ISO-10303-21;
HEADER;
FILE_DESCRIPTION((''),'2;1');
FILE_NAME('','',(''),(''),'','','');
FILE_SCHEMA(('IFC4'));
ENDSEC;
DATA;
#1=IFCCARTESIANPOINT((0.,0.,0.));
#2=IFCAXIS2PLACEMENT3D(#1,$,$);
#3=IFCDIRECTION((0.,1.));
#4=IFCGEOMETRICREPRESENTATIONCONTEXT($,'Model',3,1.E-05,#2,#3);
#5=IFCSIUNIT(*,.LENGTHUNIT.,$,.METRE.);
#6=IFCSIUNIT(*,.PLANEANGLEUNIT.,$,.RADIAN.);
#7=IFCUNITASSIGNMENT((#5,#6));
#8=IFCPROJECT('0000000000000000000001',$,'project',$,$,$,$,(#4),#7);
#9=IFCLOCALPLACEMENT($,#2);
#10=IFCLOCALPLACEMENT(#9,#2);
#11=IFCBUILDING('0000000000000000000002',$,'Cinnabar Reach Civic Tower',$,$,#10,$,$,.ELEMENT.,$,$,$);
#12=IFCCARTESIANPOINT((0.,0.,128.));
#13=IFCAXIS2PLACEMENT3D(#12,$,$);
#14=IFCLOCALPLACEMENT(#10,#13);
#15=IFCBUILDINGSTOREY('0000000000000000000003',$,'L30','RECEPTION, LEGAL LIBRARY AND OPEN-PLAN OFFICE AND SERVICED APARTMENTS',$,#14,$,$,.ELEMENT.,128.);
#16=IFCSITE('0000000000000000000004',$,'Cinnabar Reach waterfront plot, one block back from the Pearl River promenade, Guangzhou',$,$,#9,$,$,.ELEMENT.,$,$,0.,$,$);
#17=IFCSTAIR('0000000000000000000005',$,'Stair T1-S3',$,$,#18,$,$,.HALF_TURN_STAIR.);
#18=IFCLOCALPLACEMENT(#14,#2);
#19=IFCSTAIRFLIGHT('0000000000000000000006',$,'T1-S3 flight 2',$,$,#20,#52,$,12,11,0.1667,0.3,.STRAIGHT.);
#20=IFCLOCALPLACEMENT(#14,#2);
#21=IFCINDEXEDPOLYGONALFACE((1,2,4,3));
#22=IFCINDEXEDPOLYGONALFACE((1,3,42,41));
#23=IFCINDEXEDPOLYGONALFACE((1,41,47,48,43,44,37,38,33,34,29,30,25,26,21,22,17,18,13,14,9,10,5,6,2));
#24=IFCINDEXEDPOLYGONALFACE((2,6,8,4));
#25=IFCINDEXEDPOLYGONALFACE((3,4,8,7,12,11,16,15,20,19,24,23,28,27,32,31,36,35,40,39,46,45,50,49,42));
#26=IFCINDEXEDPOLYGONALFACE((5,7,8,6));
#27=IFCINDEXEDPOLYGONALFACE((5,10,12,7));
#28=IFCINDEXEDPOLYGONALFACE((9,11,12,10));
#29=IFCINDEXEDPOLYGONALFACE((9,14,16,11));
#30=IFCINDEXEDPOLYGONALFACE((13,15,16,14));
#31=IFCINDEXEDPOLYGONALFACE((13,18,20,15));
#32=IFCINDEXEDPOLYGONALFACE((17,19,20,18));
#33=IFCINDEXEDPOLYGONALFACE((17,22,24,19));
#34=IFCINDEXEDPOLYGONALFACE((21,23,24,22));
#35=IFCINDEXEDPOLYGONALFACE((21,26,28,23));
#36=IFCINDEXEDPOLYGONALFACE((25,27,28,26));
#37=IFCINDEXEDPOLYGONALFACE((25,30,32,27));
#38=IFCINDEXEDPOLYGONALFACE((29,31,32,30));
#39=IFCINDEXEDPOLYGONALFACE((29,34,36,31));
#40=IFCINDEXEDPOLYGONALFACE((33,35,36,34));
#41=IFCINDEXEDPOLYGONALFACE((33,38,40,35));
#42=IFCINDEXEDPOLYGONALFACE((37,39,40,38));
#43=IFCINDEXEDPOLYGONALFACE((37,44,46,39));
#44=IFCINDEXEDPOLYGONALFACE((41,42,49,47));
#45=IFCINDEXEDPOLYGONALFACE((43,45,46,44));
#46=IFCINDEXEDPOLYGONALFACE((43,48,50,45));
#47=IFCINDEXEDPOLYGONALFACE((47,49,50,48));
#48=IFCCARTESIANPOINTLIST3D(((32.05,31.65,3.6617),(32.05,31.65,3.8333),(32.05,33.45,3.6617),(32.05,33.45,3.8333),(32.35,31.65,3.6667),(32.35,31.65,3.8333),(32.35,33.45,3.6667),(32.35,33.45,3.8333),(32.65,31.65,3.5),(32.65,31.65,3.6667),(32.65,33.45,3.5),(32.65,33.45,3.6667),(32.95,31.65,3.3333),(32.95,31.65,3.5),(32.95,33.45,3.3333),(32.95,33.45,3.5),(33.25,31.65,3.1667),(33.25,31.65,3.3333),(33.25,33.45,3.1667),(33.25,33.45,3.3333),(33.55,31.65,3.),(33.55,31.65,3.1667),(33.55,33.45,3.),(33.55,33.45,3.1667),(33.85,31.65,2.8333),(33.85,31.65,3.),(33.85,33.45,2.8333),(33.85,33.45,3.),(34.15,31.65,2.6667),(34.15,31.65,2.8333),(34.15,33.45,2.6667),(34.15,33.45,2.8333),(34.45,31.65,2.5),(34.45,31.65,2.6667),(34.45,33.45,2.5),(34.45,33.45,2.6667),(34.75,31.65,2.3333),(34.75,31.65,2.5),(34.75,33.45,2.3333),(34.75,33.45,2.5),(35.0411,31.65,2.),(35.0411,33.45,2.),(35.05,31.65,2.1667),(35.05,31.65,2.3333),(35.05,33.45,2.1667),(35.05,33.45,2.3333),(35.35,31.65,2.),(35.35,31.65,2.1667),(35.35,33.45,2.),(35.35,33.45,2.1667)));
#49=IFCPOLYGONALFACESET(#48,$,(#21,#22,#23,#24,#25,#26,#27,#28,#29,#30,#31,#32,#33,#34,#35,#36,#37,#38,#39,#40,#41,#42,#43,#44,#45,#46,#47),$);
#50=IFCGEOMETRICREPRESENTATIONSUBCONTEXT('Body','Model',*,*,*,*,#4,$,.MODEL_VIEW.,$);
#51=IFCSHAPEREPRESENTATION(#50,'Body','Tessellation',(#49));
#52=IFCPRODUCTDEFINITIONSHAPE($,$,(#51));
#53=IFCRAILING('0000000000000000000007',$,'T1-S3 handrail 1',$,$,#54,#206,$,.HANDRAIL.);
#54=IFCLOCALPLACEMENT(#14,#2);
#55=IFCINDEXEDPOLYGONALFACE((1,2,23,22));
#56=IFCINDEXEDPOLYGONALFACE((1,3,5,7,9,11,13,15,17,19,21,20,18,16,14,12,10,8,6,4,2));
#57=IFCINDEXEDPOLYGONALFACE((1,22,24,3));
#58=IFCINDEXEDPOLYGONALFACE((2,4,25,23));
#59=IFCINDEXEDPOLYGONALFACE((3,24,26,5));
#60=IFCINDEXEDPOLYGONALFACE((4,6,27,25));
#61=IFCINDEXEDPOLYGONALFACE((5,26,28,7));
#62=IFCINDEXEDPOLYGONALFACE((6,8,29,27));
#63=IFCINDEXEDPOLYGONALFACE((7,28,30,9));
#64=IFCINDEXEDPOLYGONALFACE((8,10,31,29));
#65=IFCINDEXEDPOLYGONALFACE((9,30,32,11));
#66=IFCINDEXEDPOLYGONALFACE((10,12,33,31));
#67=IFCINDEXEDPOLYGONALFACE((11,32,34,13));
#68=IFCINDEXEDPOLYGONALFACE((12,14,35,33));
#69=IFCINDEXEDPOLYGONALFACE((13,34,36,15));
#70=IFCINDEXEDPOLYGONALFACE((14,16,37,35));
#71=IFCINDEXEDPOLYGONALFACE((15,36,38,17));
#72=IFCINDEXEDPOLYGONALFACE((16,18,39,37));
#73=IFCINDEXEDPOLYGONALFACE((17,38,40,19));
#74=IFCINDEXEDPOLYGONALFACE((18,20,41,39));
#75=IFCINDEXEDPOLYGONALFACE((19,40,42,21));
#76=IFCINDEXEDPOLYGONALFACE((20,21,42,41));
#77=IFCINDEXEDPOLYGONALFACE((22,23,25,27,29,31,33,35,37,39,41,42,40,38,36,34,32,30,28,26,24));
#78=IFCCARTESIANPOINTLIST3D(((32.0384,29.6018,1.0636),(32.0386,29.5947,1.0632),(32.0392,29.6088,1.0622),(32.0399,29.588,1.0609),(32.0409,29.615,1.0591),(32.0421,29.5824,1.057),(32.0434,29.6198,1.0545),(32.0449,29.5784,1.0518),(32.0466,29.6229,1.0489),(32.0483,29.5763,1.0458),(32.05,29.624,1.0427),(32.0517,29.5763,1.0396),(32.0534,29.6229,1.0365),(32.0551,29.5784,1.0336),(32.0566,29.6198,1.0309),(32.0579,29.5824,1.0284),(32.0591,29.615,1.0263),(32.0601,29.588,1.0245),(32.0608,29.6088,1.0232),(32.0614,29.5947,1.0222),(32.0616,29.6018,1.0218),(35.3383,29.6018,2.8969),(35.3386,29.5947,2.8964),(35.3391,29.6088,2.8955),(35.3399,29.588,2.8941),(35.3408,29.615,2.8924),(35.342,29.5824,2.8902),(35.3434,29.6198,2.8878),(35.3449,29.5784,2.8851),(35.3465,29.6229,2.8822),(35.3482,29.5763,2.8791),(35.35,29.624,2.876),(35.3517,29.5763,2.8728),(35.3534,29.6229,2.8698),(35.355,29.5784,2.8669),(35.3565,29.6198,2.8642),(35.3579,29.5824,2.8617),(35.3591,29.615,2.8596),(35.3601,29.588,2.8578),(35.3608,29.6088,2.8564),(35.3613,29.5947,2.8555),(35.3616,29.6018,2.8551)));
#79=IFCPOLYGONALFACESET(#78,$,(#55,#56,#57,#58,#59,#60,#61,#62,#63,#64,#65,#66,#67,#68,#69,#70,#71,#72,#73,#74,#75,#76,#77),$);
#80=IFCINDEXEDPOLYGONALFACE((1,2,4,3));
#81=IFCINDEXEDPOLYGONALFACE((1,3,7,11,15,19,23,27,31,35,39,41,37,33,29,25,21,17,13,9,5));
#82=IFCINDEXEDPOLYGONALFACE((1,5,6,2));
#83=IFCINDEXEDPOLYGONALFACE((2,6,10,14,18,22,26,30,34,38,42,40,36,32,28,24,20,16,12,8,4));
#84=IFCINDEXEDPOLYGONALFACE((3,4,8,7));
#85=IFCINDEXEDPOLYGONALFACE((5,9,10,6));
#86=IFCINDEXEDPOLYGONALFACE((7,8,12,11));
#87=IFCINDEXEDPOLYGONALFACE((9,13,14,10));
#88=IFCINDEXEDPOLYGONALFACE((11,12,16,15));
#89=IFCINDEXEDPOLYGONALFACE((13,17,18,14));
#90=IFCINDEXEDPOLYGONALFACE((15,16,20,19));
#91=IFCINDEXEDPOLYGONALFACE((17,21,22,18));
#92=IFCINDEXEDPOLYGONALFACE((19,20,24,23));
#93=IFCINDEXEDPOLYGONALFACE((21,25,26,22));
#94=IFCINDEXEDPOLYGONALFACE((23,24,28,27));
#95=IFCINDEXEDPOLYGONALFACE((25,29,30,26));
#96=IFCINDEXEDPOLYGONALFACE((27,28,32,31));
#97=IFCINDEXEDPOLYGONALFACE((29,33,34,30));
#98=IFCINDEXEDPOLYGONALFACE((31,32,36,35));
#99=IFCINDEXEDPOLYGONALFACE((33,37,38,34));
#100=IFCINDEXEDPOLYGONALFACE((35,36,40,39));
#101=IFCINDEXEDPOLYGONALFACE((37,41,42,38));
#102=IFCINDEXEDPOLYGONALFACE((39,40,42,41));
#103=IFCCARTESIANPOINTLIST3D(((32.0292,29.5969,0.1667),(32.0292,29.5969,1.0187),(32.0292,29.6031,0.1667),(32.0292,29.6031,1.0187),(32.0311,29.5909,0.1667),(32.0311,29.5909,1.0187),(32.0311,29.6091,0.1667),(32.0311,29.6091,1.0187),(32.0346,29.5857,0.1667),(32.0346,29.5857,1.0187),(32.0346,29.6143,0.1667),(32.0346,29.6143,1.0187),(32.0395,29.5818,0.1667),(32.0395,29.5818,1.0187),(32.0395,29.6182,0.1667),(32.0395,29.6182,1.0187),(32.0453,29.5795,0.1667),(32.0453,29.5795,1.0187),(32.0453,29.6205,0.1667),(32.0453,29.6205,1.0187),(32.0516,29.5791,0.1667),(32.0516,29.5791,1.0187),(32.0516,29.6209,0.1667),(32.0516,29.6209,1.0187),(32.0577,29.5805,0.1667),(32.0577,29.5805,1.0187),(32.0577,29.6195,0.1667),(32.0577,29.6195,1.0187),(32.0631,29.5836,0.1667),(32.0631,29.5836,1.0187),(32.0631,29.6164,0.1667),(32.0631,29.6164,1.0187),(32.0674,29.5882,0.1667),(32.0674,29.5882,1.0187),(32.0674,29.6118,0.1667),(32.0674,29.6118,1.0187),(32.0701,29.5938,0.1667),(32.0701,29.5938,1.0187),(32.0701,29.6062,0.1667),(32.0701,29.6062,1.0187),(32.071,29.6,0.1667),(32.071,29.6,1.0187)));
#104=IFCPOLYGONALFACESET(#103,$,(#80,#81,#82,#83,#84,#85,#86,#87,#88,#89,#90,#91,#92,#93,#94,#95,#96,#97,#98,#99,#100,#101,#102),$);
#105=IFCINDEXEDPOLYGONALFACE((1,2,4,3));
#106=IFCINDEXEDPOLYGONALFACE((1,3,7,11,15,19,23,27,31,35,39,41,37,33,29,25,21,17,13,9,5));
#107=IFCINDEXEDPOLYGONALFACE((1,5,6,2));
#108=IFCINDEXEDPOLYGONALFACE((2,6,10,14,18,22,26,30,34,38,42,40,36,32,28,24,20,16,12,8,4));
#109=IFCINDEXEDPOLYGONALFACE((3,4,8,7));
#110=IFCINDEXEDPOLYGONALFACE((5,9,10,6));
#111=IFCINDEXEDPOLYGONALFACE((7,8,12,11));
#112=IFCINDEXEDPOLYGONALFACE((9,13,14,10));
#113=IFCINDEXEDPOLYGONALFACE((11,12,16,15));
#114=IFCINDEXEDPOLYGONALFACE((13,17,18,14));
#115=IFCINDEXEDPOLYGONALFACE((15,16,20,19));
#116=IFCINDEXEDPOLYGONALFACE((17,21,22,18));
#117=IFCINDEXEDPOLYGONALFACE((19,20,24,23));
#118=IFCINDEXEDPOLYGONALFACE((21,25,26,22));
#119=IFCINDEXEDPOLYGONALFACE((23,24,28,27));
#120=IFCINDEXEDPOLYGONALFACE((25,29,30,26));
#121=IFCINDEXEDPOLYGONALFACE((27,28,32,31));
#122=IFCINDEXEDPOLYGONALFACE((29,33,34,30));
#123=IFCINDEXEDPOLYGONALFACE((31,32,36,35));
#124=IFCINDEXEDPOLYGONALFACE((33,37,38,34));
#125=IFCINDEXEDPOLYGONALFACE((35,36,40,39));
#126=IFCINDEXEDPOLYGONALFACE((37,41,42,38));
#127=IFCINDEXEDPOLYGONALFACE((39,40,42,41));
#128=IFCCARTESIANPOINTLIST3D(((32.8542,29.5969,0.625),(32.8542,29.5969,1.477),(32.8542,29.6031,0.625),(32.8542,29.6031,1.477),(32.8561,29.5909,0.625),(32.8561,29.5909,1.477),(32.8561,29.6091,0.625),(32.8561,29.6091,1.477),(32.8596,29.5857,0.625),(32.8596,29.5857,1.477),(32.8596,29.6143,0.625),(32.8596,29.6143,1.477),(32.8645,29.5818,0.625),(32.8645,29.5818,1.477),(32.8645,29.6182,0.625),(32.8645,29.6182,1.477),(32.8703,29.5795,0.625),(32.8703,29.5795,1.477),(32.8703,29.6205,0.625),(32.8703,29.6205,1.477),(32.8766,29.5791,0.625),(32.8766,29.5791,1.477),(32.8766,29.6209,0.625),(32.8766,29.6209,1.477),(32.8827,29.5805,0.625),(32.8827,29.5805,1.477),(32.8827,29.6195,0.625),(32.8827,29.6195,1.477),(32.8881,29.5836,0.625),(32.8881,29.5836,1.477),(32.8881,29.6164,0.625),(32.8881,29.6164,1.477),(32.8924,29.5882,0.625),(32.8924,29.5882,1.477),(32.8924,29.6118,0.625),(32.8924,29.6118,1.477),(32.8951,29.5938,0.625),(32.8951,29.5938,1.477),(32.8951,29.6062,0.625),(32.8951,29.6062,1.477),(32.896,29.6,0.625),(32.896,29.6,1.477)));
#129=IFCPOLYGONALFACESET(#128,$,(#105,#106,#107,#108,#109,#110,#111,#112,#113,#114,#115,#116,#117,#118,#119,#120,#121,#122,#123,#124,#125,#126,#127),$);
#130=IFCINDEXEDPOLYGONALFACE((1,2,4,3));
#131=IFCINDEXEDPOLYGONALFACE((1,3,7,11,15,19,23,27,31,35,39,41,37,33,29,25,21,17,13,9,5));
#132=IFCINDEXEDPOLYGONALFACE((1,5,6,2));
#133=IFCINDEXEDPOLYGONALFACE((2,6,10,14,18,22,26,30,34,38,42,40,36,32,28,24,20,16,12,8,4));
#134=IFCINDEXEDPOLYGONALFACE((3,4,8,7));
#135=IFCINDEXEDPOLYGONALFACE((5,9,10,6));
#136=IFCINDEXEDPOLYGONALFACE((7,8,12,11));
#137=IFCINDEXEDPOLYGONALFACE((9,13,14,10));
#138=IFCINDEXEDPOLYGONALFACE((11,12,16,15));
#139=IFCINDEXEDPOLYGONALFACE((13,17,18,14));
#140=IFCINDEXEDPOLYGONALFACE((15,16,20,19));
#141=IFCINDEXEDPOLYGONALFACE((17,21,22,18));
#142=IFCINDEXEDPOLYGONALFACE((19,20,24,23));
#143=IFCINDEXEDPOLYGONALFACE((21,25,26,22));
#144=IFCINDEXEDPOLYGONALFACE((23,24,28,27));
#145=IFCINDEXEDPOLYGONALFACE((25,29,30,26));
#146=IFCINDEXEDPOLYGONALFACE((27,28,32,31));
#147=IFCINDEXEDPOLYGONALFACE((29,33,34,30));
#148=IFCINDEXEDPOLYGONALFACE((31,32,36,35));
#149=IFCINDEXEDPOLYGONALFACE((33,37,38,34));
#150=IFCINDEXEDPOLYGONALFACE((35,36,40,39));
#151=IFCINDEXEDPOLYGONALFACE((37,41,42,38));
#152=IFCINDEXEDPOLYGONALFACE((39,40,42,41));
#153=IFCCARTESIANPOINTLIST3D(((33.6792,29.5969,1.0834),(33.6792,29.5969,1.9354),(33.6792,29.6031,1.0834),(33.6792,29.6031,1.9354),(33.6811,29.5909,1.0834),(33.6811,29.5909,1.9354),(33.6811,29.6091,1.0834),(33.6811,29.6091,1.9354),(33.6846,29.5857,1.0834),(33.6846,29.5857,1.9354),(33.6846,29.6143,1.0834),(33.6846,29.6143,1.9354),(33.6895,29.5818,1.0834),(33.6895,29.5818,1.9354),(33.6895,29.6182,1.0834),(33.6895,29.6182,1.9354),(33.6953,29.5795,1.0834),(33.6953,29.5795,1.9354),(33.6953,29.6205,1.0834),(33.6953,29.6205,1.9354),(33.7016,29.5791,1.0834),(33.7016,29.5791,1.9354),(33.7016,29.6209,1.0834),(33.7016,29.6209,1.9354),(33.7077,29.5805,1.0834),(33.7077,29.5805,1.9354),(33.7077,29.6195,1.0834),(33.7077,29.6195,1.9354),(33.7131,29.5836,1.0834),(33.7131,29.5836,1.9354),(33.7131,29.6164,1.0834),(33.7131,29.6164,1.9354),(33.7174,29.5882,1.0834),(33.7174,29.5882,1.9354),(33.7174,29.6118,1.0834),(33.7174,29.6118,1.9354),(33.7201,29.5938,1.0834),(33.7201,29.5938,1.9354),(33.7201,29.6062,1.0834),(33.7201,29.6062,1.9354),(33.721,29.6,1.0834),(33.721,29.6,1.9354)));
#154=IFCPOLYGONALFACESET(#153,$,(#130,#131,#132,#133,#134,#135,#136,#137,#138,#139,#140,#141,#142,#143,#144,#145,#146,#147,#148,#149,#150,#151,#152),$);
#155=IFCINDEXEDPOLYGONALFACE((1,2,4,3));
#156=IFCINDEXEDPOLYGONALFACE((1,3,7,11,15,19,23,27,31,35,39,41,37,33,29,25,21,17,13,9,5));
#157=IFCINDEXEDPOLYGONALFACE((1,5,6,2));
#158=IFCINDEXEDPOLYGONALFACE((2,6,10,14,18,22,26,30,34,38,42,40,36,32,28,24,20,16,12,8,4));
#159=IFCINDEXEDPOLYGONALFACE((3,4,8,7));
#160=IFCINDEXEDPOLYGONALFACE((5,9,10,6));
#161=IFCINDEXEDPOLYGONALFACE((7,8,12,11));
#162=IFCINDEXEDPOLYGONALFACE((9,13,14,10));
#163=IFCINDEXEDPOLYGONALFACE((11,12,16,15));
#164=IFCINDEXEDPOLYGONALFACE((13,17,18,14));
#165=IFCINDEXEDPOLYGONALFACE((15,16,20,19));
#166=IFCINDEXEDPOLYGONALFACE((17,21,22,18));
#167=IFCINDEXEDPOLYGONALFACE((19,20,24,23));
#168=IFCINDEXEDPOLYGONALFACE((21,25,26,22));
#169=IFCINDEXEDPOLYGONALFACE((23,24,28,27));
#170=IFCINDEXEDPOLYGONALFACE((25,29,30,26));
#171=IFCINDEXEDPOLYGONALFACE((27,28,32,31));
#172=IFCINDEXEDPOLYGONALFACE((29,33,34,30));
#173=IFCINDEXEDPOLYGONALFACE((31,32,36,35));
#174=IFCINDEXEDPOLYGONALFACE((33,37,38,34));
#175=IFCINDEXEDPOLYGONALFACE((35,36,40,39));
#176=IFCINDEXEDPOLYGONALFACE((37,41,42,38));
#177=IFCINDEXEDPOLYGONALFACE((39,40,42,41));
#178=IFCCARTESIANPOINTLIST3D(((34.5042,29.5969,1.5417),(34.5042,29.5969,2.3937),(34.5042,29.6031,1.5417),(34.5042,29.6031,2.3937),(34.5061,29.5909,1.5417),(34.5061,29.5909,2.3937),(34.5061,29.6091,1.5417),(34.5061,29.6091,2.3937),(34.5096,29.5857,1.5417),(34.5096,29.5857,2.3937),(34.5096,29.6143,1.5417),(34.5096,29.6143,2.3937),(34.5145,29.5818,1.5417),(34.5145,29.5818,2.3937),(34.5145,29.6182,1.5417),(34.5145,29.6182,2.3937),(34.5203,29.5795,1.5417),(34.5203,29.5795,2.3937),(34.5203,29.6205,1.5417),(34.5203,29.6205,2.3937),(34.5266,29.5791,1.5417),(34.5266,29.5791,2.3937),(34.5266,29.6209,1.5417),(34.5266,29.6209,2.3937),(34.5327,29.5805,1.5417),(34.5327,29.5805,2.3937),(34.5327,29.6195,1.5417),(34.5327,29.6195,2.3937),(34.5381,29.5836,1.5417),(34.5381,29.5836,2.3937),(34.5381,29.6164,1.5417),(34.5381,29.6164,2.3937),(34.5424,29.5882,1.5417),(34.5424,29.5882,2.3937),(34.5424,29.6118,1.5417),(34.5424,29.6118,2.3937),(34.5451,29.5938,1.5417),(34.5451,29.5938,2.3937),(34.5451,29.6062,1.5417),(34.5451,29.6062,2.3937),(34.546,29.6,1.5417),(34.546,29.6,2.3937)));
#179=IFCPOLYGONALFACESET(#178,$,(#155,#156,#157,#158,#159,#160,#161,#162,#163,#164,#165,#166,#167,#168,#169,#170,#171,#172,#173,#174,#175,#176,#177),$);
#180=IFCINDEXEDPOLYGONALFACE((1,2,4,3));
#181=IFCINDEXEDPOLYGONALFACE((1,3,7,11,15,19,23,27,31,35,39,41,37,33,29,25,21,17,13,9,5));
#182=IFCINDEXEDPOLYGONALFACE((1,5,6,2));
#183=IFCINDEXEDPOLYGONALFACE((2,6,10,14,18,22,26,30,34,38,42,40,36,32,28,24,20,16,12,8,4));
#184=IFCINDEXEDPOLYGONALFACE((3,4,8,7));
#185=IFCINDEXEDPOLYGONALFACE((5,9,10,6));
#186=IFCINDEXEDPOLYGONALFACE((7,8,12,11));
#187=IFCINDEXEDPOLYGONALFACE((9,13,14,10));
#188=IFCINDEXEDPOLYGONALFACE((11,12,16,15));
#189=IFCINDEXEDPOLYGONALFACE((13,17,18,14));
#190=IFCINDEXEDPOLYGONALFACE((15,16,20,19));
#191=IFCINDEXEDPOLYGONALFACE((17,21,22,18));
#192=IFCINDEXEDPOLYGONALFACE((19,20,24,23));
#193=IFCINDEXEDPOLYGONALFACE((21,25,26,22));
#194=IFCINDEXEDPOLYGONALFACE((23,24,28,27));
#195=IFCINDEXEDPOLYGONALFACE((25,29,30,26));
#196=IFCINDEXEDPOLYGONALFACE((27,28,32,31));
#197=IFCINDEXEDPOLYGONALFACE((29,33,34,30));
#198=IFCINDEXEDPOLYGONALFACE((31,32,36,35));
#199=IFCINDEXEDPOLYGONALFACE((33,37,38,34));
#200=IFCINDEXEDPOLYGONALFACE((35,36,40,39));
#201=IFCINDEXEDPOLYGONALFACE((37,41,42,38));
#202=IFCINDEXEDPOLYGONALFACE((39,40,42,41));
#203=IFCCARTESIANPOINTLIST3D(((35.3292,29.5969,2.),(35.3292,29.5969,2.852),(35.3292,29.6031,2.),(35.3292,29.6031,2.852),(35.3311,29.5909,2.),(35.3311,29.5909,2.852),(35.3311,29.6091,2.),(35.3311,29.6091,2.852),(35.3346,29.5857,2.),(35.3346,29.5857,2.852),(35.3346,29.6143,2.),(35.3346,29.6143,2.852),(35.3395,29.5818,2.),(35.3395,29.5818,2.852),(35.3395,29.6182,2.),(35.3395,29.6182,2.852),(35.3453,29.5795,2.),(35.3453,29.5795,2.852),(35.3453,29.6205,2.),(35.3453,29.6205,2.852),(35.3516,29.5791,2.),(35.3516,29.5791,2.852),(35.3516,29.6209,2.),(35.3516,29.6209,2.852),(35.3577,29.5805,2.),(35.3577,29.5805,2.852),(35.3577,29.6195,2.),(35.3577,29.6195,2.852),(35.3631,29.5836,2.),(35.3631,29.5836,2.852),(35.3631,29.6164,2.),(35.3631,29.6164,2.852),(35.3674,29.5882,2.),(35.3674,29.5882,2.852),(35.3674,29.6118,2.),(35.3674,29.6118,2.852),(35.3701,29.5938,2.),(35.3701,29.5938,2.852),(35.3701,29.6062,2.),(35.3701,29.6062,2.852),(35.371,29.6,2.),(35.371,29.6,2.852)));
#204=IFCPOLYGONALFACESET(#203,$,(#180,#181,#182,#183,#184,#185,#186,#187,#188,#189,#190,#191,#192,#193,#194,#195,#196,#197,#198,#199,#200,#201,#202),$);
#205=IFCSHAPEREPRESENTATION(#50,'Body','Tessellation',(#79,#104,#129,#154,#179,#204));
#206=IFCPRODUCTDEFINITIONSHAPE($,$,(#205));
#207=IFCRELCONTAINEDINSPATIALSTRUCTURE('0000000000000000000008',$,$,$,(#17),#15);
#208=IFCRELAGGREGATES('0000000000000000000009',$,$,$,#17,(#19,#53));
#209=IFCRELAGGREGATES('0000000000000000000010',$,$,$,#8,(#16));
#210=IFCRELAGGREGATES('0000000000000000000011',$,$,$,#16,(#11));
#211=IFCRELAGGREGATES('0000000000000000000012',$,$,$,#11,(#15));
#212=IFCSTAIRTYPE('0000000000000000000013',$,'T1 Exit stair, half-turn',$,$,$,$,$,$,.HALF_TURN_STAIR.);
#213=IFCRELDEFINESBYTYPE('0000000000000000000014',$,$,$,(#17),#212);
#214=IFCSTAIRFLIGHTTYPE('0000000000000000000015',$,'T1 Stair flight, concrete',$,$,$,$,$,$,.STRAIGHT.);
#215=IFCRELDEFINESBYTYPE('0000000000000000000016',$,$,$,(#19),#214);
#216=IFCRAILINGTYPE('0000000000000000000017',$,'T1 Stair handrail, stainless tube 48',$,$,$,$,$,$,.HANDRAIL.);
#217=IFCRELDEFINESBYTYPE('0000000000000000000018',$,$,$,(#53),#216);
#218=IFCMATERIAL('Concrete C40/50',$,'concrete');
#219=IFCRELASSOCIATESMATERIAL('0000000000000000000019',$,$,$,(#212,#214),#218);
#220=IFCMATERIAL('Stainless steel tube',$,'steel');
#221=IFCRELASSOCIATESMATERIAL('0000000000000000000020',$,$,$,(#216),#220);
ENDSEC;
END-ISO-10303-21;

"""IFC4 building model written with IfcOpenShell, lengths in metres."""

from ifc_helpers import new_model, si_unit, direction, frame, origin, origin_2d, place, context, subcontext, project, spatial, polyline, circle, outline, extrude, material, type_object, element, aggregate, save


model = new_model("IFC4")

# Units and contexts
model_context = context("Model", 3, precision=1e-05, world=origin(), true_north=direction((0.0, 1.0)))
body_context = subcontext(model_context, "Body", "Model", "MODEL_VIEW")
ifc_project = project(units=[si_unit("LENGTHUNIT", "METRE"), si_unit("PLANEANGLEUNIT", "RADIAN")], contexts=[model_context])

# Site, building, storey
site_placement = place(None, origin())
site = spatial("IfcSite", under=ifc_project, at=site_placement, Name="Cinnabar Reach waterfront plot, one block back from the Pearl River promenade, Guangzhou", CompositionType="ELEMENT", RefElevation=0.0)
building_placement = place(site_placement, origin())
building = spatial("IfcBuilding", under=site, at=building_placement, Name="Cinnabar Reach Civic Tower", CompositionType="ELEMENT")
storey_placement = place(building_placement, frame((0.0, 0.0, 128.0)))
storey = spatial("IfcBuildingStorey", under=building, at=storey_placement, Name="L30", Description="RECEPTION, LEGAL LIBRARY AND OPEN-PLAN OFFICE AND SERVICED APARTMENTS", CompositionType="ELEMENT", Elevation=128.0)

# Stair, stair flight, railing
ifc_material_1 = material(Name="Concrete C40/50", Category="concrete")
stair_type = type_object("IfcStairType", Name="T1 Exit stair, half-turn", PredefinedType="HALF_TURN_STAIR", material=ifc_material_1)
stair_placement = place(storey_placement, origin())
stair = element("IfcStair", 1, at=stair_placement, inside=storey, type_object=stair_type, Name="Stair T1-S3", PredefinedType="HALF_TURN_STAIR")
stair_flight_type = type_object("IfcStairFlightType", Name="T1 Stair flight, concrete", PredefinedType="STRAIGHT", material=ifc_material_1)
stair_flight_1_placement = place(storey_placement, frame((35.35, 32.55, 2.0), z_axis=(0.0, 0.0, 1.0), x_axis=(-1.0, 0.0, 0.0)))
stair_flight_1 = element("IfcStairFlight", 2, at=stair_flight_1_placement, type_object=stair_flight_type, Name="T1-S3 flight 2", NumberOfRisers=12, NumberOfTreads=11, PredefinedType="STRAIGHT", RiserHeight=0.1667, TreadLength=0.3, context=body_context, shape_type="SweptSolid", body=[
    extrude(outline(polyline([(0.0, 0.0), (0.0, 0.1667), (0.3, 0.1667), (0.3, 0.3333), (0.6, 0.3333), (0.6, 0.5), (0.9, 0.5), (0.9, 0.6667), (1.2, 0.6667), (1.2, 0.8333), (1.5, 0.8333), (1.5, 1.0), (1.8, 1.0), (1.8, 1.1667), (2.1, 1.1667), (2.1, 1.3333), (2.4, 1.3333), (2.4, 1.5), (2.7, 1.5), (2.7, 1.6667), (3.0, 1.6667), (3.0, 1.8333), (3.3, 1.8333), (3.3, 2.0), (3.3, 1.6617), (0.3089, 0.0), (0.0, 0.0)])), frame((0.0, 0.9, 0.0), z_axis=(0.0, -1.0, 0.0), x_axis=(1.0, 0.0, 0.0)), (0.0, 0.0, 1.0), 1.8),
])
ifc_material_2 = material(Name="Stainless steel tube", Category="steel")
railing_type = type_object("IfcRailingType", Name="T1 Stair handrail, stainless tube 48", PredefinedType="HANDRAIL", material=ifc_material_2)
railing_1_placement = place(storey_placement, frame((32.05, 29.6, 0.1667)))
railing_1 = element("IfcRailing", 3, at=railing_1_placement, type_object=railing_type, Name="T1-S3 handrail 1", PredefinedType="HANDRAIL", context=body_context, shape_type="SweptSolid", body=[
    extrude(circle(Radius=0.024, at=origin_2d()), frame((0.0, 0.0, 0.876), z_axis=(0.874161, 0.0, 0.485636), x_axis=(0.0, 1.0, 0.0)), (0.0, 0.0, 1.0), 3.775),
    extrude(circle(Radius=0.021, at=origin_2d()), origin(), (0.0, 0.0, 1.0), 0.852),
    extrude(circle(Radius=0.021, at=origin_2d()), frame((0.825, 0.0, 0.4583)), (0.0, 0.0, 1.0), 0.852),
    extrude(circle(Radius=0.021, at=origin_2d()), frame((1.65, 0.0, 0.9167)), (0.0, 0.0, 1.0), 0.852),
    extrude(circle(Radius=0.021, at=origin_2d()), frame((2.475, 0.0, 1.375)), (0.0, 0.0, 1.0), 0.852),
    extrude(circle(Radius=0.021, at=origin_2d()), frame((3.3, 0.0, 1.8333)), (0.0, 0.0, 1.0), 0.852),
])
aggregate(stair, [stair_flight_1, railing_1])

save(model, "model.ifc")
